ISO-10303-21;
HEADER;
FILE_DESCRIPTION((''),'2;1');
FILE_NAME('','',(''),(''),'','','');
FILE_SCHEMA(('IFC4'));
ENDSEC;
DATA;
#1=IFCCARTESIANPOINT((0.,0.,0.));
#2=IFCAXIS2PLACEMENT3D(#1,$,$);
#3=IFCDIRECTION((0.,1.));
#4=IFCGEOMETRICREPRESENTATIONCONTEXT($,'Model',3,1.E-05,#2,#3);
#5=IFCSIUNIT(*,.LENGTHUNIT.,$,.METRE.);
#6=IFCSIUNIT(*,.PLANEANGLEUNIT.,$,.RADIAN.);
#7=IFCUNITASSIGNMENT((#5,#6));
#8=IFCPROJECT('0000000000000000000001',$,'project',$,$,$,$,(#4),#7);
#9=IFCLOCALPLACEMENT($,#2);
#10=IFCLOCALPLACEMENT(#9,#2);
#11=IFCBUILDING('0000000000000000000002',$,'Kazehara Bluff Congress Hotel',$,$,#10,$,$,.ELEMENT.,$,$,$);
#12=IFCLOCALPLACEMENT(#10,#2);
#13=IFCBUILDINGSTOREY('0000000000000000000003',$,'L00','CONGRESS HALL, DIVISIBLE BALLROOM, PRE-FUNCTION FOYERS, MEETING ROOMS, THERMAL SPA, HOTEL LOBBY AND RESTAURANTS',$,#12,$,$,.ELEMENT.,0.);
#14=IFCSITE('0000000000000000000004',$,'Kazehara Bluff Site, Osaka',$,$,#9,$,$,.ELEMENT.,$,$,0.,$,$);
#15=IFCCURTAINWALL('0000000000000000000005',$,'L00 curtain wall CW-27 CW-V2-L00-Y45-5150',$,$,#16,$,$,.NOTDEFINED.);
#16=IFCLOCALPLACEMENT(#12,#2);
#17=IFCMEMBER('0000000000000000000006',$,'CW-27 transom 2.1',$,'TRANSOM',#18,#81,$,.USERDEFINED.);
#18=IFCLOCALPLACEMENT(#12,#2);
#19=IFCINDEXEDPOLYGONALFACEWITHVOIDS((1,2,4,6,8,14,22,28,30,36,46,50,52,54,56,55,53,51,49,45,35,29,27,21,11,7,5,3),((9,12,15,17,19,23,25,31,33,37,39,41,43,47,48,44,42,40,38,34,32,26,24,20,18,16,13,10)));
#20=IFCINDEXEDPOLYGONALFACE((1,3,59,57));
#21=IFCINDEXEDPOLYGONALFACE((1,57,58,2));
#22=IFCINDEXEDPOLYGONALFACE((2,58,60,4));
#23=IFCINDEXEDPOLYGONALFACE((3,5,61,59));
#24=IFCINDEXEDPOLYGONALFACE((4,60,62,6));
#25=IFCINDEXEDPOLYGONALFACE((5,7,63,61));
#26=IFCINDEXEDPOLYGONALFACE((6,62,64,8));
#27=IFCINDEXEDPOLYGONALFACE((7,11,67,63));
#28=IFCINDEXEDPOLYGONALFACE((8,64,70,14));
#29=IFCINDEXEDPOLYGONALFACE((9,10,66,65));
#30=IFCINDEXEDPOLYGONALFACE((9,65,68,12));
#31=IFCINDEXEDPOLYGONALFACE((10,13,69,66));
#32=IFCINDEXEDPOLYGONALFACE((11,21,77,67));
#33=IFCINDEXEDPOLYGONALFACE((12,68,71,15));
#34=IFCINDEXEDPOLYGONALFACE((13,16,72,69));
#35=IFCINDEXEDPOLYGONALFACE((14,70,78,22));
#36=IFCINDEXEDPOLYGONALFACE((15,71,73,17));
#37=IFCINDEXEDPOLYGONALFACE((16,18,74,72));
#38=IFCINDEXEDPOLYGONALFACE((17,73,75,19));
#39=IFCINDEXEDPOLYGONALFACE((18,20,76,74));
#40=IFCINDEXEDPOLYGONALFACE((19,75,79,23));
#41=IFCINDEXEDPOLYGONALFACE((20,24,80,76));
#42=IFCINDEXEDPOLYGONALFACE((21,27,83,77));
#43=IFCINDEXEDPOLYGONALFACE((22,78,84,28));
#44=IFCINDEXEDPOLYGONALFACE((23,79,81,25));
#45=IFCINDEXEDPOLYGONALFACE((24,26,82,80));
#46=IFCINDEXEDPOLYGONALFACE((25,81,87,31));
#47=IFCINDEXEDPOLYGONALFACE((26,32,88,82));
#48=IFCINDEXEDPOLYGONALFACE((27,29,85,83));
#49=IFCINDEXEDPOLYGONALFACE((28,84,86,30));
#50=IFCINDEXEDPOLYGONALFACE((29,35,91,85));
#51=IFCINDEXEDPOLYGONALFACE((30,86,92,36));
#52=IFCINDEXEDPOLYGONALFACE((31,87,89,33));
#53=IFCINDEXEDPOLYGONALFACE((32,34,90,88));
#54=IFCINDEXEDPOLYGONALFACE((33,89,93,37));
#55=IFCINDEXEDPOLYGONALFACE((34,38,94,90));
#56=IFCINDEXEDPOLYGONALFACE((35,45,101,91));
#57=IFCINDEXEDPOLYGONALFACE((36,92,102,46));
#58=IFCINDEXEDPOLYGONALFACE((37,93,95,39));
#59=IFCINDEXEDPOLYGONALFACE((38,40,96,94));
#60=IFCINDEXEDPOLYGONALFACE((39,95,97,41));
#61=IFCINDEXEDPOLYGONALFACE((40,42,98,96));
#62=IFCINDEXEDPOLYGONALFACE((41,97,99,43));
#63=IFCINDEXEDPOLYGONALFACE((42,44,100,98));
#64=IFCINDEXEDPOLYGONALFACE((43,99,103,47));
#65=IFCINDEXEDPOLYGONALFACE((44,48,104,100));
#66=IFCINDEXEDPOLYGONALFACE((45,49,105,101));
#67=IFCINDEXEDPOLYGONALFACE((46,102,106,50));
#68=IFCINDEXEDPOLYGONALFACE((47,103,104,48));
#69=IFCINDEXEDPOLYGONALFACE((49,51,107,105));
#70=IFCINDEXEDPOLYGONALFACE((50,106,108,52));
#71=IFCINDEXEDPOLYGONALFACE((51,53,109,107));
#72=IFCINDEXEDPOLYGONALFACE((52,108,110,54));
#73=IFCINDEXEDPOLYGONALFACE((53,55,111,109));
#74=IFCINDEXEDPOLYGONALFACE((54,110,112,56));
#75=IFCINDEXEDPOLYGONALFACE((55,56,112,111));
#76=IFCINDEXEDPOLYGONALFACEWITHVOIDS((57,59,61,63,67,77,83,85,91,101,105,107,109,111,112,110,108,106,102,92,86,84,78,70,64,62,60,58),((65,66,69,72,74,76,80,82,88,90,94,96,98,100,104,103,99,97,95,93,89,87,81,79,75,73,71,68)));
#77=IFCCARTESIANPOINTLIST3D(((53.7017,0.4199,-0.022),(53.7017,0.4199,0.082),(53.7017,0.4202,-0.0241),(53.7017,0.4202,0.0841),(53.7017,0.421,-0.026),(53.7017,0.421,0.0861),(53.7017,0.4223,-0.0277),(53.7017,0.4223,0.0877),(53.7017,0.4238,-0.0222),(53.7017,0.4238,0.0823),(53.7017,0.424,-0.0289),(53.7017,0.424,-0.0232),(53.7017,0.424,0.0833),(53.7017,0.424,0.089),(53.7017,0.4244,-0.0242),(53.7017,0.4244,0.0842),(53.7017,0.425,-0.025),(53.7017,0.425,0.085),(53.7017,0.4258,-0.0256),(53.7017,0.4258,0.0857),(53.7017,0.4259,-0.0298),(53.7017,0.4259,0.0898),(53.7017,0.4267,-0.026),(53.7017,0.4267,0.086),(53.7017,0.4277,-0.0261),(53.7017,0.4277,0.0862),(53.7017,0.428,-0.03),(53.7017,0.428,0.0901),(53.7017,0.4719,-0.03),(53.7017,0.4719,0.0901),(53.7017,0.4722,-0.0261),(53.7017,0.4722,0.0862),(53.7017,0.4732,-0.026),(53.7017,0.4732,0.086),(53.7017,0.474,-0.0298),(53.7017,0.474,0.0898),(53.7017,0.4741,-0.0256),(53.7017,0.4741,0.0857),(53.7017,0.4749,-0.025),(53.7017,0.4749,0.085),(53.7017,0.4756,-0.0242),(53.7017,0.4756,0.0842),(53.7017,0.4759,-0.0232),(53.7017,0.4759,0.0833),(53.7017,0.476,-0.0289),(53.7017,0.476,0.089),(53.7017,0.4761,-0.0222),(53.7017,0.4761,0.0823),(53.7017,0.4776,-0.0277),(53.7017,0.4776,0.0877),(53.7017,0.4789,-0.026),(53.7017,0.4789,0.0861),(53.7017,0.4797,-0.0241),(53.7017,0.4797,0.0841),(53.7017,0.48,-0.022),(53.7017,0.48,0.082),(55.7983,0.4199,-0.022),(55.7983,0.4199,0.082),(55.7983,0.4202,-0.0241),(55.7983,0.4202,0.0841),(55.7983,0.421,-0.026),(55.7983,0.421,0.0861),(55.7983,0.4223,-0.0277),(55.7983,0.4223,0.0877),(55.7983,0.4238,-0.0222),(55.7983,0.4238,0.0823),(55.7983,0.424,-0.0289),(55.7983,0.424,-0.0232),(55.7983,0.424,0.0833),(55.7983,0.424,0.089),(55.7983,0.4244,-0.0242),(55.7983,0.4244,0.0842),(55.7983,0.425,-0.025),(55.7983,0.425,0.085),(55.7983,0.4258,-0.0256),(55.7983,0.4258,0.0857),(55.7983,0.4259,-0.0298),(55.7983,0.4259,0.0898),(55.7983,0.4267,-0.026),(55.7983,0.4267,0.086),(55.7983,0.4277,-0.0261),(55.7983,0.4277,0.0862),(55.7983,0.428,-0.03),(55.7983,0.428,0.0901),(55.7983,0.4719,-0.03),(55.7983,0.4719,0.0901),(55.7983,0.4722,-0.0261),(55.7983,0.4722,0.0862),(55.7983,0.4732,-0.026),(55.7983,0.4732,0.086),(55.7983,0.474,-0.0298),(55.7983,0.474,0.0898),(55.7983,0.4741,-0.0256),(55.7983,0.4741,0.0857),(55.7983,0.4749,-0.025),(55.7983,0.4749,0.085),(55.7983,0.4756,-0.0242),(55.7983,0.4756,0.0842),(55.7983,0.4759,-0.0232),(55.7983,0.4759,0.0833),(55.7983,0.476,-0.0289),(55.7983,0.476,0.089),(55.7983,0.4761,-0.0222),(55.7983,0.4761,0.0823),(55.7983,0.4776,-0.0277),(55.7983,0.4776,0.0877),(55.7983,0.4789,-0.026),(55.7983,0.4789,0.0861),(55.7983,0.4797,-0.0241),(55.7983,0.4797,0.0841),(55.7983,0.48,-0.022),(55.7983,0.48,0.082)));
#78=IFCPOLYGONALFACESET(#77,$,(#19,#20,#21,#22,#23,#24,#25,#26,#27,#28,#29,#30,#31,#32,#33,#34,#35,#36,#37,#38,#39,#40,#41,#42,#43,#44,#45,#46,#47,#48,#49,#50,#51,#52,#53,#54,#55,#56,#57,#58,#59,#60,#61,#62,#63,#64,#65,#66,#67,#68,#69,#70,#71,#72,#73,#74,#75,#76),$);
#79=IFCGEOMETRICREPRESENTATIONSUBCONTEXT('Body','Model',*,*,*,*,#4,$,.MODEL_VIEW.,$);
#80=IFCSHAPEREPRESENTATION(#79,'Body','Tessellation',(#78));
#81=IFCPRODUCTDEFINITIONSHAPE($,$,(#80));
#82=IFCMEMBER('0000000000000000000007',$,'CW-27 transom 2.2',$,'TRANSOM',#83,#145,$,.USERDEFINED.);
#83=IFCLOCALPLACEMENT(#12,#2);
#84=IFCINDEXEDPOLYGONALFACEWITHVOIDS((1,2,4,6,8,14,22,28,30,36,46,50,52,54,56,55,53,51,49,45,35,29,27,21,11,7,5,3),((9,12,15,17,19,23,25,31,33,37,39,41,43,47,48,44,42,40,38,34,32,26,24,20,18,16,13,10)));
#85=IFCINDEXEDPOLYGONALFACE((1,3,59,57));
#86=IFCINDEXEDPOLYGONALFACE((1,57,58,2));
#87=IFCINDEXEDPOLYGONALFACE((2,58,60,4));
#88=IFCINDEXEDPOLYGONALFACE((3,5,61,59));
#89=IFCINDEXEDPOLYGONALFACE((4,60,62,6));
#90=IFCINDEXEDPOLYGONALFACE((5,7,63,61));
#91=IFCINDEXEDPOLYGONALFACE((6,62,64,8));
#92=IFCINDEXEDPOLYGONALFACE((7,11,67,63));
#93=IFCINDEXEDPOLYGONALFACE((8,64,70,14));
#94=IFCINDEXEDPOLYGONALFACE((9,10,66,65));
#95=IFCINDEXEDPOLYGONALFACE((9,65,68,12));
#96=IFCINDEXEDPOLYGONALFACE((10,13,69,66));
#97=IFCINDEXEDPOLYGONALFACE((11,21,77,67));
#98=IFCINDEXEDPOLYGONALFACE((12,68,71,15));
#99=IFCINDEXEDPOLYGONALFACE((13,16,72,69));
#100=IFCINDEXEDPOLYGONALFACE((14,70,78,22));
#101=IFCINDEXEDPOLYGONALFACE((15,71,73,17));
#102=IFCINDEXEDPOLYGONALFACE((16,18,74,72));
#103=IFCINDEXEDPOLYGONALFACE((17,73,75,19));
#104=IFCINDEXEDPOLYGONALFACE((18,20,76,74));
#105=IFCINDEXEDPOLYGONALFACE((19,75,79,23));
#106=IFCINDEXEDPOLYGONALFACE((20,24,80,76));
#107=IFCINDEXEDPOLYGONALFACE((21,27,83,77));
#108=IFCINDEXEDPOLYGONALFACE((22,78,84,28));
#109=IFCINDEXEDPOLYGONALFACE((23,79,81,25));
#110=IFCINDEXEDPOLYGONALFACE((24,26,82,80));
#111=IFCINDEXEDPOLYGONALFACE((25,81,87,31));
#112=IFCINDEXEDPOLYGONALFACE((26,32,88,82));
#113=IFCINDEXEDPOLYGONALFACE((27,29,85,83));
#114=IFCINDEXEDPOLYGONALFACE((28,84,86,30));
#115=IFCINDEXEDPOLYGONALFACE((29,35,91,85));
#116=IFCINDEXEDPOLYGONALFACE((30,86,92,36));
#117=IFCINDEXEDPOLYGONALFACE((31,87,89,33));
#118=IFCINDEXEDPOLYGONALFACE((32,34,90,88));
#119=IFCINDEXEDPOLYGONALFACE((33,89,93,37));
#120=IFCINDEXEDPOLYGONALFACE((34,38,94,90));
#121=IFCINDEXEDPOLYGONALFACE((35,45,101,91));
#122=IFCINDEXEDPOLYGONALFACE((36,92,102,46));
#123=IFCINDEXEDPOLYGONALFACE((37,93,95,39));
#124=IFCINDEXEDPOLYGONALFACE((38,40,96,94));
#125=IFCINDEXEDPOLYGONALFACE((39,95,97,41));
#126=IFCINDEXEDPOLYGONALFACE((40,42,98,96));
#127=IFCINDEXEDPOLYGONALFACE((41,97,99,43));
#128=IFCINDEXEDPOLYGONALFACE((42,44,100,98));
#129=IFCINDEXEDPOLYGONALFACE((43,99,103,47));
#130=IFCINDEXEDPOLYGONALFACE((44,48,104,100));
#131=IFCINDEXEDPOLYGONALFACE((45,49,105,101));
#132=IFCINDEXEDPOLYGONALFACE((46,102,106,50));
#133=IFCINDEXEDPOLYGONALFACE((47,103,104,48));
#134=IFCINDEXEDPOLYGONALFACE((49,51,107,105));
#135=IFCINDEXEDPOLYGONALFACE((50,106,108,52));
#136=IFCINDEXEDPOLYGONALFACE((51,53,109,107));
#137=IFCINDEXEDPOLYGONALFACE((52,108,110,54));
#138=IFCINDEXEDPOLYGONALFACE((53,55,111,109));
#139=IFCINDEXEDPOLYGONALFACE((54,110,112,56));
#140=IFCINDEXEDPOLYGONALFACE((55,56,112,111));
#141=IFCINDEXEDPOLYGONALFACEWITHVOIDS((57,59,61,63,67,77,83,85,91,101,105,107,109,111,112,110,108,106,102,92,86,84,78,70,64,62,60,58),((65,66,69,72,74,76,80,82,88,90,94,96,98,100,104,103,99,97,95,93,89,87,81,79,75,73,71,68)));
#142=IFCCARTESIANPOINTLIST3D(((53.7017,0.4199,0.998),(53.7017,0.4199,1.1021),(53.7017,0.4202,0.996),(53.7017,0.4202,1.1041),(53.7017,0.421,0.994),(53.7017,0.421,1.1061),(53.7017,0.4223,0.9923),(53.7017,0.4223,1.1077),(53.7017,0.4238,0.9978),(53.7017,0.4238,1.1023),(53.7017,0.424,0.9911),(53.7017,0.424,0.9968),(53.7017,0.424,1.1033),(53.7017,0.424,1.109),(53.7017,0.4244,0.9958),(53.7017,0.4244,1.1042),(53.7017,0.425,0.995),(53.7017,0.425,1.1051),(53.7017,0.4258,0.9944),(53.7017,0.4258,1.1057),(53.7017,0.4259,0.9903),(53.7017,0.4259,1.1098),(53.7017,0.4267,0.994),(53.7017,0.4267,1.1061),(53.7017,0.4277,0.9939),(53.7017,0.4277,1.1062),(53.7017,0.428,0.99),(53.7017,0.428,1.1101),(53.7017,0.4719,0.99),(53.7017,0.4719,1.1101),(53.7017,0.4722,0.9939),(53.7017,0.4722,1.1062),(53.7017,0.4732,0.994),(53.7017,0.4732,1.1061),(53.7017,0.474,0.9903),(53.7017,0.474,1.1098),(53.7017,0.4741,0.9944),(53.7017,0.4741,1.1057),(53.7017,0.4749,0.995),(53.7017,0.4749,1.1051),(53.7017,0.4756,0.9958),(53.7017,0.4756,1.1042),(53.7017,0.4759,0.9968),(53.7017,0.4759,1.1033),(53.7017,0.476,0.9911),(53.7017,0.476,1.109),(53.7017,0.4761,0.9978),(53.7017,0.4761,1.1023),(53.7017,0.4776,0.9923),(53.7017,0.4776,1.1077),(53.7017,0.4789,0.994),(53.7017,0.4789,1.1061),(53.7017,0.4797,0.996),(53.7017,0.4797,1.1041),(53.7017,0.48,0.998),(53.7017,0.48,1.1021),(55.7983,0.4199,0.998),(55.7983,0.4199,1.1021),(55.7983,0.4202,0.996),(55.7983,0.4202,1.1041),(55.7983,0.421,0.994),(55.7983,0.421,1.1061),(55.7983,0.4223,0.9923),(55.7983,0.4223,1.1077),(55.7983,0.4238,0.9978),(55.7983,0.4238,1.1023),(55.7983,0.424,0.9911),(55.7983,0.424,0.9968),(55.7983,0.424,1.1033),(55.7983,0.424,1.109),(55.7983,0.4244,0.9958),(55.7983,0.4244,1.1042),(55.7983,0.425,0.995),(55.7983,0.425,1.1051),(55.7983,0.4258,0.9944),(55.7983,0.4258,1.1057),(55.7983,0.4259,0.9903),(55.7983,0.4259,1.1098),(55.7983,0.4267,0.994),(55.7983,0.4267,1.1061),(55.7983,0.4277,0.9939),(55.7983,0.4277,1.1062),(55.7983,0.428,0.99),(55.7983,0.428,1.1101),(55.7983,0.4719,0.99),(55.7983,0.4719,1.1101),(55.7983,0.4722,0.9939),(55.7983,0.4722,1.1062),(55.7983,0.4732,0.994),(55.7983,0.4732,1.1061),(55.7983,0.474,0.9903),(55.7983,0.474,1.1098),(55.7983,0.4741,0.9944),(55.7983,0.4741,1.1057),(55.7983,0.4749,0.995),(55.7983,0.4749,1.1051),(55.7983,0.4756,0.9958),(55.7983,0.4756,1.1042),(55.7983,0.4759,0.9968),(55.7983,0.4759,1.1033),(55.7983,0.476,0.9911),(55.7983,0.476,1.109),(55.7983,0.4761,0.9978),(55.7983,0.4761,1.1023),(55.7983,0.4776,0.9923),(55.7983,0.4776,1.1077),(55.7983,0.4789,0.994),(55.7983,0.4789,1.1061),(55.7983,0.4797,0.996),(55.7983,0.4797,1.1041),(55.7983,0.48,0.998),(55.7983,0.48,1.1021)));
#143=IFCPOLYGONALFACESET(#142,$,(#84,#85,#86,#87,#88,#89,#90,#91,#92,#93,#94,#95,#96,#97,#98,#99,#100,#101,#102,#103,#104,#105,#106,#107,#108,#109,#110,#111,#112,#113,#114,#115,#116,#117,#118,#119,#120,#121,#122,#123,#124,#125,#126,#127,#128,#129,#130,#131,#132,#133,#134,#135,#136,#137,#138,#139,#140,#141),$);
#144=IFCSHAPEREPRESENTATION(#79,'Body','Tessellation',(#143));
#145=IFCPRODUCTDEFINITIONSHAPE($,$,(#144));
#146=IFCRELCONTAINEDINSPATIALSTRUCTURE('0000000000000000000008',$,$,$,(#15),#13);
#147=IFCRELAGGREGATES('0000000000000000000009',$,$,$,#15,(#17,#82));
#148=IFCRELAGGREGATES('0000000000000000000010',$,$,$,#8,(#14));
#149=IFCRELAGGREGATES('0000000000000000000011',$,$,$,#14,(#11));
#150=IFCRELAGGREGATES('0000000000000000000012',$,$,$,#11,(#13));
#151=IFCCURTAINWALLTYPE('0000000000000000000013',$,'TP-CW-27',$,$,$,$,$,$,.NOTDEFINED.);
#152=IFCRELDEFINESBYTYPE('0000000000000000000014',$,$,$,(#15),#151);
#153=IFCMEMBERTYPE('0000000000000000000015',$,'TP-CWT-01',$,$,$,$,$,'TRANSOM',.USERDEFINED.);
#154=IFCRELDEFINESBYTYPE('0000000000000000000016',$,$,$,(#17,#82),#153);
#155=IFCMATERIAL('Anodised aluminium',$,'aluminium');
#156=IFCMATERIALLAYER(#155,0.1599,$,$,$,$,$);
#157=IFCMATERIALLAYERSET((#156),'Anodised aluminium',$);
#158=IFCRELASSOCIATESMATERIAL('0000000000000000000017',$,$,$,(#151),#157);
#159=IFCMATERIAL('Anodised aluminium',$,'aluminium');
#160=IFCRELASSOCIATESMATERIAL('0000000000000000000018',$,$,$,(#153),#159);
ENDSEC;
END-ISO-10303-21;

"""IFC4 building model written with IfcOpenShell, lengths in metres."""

from ifc_helpers import new_model, si_unit, direction, frame, origin, origin_2d, place, context, subcontext, project, spatial, hollow_rectangle, extrude, material, layer, layer_set, material_profile, profile_set, type_object, element, aggregate, save


model = new_model("IFC4")

# Units and contexts
model_context = context("Model", 3, precision=1e-05, world=origin(), true_north=direction((0.0, 1.0)))
body_context = subcontext(model_context, "Body", "Model", "MODEL_VIEW")
ifc_project = project(units=[si_unit("LENGTHUNIT", "METRE"), si_unit("PLANEANGLEUNIT", "RADIAN")], contexts=[model_context])

# Site, building, storey
site_placement = place(None, origin())
site = spatial("IfcSite", under=ifc_project, at=site_placement, Name="Kazehara Bluff Site, Osaka", CompositionType="ELEMENT", RefElevation=0.0)
building_placement = place(site_placement, origin())
building = spatial("IfcBuilding", under=site, at=building_placement, Name="Kazehara Bluff Congress Hotel", CompositionType="ELEMENT")
storey_placement = place(building_placement, origin())
storey = spatial("IfcBuildingStorey", under=building, at=storey_placement, Name="L00", Description="CONGRESS HALL, DIVISIBLE BALLROOM, PRE-FUNCTION FOYERS, MEETING ROOMS, THERMAL SPA, HOTEL LOBBY AND RESTAURANTS", CompositionType="ELEMENT", Elevation=0.0)

# Curtain wall
ifc_material_1 = material(Name="Anodised aluminium", Category="aluminium")
ifc_layer_1 = layer(ifc_material_1, 0.1599)
ifc_layer_set_1 = layer_set([ifc_layer_1], Name="Anodised aluminium")
curtain_wall_type_1 = type_object("IfcCurtainWallType", Name="TP-CW-27", PredefinedType="NOTDEFINED", material=ifc_layer_set_1)
curtain_wall_1_placement = place(storey_placement, origin())
curtain_wall_1 = element("IfcCurtainWall", 1, at=curtain_wall_1_placement, inside=storey, type_object=curtain_wall_type_1, Name="L00 curtain wall CW-27 CW-V2-L00-Y45-5150", PredefinedType="NOTDEFINED")

# Members
ifc_material_2 = material(Name="Anodised aluminium", Category="aluminium")
ifc_material_profile_1 = material_profile(ifc_material_2, hollow_rectangle(XDim=0.0601, YDim=0.1201, WallThickness=0.0039, InnerFilletRadius=0.0039, OuterFilletRadius=0.0081, at=origin_2d()))
ifc_profile_set_1 = profile_set([ifc_material_profile_1], Name="Anodised aluminium")
member_type_1 = type_object("IfcMemberType", Name="TP-CWT-01", ElementType="TRANSOM", PredefinedType="USERDEFINED", material=ifc_profile_set_1)
member_1_placement = place(storey_placement, frame((53.7017, 0.45, 0.03), z_axis=(1.0, 0.0, 0.0), x_axis=(0.0, 1.0, 0.0)))
member_1 = element("IfcMember", 2, at=member_1_placement, type_object=member_type_1, Name="CW-27 transom 2.1", ObjectType="TRANSOM", PredefinedType="USERDEFINED", context=body_context, shape_type="SweptSolid", body=[
    extrude(hollow_rectangle(XDim=0.0601, YDim=0.1201, WallThickness=0.0039, InnerFilletRadius=0.0039, OuterFilletRadius=0.0081, at=origin_2d()), origin(), (0.0, 0.0, 1.0), 2.0967),
])
member_2_placement = place(storey_placement, frame((53.7017, 0.45, 1.05), z_axis=(1.0, 0.0, 0.0), x_axis=(0.0, 1.0, 0.0)))
member_2 = element("IfcMember", 3, at=member_2_placement, type_object=member_type_1, Name="CW-27 transom 2.2", ObjectType="TRANSOM", PredefinedType="USERDEFINED", context=body_context, shape_type="SweptSolid", body=[
    extrude(hollow_rectangle(XDim=0.0601, YDim=0.1201, WallThickness=0.0039, InnerFilletRadius=0.0039, OuterFilletRadius=0.0081, at=origin_2d()), origin(), (0.0, 0.0, 1.0), 2.0967),
])

aggregate(curtain_wall_1, [member_1, member_2])

save(model, "model.ifc")
